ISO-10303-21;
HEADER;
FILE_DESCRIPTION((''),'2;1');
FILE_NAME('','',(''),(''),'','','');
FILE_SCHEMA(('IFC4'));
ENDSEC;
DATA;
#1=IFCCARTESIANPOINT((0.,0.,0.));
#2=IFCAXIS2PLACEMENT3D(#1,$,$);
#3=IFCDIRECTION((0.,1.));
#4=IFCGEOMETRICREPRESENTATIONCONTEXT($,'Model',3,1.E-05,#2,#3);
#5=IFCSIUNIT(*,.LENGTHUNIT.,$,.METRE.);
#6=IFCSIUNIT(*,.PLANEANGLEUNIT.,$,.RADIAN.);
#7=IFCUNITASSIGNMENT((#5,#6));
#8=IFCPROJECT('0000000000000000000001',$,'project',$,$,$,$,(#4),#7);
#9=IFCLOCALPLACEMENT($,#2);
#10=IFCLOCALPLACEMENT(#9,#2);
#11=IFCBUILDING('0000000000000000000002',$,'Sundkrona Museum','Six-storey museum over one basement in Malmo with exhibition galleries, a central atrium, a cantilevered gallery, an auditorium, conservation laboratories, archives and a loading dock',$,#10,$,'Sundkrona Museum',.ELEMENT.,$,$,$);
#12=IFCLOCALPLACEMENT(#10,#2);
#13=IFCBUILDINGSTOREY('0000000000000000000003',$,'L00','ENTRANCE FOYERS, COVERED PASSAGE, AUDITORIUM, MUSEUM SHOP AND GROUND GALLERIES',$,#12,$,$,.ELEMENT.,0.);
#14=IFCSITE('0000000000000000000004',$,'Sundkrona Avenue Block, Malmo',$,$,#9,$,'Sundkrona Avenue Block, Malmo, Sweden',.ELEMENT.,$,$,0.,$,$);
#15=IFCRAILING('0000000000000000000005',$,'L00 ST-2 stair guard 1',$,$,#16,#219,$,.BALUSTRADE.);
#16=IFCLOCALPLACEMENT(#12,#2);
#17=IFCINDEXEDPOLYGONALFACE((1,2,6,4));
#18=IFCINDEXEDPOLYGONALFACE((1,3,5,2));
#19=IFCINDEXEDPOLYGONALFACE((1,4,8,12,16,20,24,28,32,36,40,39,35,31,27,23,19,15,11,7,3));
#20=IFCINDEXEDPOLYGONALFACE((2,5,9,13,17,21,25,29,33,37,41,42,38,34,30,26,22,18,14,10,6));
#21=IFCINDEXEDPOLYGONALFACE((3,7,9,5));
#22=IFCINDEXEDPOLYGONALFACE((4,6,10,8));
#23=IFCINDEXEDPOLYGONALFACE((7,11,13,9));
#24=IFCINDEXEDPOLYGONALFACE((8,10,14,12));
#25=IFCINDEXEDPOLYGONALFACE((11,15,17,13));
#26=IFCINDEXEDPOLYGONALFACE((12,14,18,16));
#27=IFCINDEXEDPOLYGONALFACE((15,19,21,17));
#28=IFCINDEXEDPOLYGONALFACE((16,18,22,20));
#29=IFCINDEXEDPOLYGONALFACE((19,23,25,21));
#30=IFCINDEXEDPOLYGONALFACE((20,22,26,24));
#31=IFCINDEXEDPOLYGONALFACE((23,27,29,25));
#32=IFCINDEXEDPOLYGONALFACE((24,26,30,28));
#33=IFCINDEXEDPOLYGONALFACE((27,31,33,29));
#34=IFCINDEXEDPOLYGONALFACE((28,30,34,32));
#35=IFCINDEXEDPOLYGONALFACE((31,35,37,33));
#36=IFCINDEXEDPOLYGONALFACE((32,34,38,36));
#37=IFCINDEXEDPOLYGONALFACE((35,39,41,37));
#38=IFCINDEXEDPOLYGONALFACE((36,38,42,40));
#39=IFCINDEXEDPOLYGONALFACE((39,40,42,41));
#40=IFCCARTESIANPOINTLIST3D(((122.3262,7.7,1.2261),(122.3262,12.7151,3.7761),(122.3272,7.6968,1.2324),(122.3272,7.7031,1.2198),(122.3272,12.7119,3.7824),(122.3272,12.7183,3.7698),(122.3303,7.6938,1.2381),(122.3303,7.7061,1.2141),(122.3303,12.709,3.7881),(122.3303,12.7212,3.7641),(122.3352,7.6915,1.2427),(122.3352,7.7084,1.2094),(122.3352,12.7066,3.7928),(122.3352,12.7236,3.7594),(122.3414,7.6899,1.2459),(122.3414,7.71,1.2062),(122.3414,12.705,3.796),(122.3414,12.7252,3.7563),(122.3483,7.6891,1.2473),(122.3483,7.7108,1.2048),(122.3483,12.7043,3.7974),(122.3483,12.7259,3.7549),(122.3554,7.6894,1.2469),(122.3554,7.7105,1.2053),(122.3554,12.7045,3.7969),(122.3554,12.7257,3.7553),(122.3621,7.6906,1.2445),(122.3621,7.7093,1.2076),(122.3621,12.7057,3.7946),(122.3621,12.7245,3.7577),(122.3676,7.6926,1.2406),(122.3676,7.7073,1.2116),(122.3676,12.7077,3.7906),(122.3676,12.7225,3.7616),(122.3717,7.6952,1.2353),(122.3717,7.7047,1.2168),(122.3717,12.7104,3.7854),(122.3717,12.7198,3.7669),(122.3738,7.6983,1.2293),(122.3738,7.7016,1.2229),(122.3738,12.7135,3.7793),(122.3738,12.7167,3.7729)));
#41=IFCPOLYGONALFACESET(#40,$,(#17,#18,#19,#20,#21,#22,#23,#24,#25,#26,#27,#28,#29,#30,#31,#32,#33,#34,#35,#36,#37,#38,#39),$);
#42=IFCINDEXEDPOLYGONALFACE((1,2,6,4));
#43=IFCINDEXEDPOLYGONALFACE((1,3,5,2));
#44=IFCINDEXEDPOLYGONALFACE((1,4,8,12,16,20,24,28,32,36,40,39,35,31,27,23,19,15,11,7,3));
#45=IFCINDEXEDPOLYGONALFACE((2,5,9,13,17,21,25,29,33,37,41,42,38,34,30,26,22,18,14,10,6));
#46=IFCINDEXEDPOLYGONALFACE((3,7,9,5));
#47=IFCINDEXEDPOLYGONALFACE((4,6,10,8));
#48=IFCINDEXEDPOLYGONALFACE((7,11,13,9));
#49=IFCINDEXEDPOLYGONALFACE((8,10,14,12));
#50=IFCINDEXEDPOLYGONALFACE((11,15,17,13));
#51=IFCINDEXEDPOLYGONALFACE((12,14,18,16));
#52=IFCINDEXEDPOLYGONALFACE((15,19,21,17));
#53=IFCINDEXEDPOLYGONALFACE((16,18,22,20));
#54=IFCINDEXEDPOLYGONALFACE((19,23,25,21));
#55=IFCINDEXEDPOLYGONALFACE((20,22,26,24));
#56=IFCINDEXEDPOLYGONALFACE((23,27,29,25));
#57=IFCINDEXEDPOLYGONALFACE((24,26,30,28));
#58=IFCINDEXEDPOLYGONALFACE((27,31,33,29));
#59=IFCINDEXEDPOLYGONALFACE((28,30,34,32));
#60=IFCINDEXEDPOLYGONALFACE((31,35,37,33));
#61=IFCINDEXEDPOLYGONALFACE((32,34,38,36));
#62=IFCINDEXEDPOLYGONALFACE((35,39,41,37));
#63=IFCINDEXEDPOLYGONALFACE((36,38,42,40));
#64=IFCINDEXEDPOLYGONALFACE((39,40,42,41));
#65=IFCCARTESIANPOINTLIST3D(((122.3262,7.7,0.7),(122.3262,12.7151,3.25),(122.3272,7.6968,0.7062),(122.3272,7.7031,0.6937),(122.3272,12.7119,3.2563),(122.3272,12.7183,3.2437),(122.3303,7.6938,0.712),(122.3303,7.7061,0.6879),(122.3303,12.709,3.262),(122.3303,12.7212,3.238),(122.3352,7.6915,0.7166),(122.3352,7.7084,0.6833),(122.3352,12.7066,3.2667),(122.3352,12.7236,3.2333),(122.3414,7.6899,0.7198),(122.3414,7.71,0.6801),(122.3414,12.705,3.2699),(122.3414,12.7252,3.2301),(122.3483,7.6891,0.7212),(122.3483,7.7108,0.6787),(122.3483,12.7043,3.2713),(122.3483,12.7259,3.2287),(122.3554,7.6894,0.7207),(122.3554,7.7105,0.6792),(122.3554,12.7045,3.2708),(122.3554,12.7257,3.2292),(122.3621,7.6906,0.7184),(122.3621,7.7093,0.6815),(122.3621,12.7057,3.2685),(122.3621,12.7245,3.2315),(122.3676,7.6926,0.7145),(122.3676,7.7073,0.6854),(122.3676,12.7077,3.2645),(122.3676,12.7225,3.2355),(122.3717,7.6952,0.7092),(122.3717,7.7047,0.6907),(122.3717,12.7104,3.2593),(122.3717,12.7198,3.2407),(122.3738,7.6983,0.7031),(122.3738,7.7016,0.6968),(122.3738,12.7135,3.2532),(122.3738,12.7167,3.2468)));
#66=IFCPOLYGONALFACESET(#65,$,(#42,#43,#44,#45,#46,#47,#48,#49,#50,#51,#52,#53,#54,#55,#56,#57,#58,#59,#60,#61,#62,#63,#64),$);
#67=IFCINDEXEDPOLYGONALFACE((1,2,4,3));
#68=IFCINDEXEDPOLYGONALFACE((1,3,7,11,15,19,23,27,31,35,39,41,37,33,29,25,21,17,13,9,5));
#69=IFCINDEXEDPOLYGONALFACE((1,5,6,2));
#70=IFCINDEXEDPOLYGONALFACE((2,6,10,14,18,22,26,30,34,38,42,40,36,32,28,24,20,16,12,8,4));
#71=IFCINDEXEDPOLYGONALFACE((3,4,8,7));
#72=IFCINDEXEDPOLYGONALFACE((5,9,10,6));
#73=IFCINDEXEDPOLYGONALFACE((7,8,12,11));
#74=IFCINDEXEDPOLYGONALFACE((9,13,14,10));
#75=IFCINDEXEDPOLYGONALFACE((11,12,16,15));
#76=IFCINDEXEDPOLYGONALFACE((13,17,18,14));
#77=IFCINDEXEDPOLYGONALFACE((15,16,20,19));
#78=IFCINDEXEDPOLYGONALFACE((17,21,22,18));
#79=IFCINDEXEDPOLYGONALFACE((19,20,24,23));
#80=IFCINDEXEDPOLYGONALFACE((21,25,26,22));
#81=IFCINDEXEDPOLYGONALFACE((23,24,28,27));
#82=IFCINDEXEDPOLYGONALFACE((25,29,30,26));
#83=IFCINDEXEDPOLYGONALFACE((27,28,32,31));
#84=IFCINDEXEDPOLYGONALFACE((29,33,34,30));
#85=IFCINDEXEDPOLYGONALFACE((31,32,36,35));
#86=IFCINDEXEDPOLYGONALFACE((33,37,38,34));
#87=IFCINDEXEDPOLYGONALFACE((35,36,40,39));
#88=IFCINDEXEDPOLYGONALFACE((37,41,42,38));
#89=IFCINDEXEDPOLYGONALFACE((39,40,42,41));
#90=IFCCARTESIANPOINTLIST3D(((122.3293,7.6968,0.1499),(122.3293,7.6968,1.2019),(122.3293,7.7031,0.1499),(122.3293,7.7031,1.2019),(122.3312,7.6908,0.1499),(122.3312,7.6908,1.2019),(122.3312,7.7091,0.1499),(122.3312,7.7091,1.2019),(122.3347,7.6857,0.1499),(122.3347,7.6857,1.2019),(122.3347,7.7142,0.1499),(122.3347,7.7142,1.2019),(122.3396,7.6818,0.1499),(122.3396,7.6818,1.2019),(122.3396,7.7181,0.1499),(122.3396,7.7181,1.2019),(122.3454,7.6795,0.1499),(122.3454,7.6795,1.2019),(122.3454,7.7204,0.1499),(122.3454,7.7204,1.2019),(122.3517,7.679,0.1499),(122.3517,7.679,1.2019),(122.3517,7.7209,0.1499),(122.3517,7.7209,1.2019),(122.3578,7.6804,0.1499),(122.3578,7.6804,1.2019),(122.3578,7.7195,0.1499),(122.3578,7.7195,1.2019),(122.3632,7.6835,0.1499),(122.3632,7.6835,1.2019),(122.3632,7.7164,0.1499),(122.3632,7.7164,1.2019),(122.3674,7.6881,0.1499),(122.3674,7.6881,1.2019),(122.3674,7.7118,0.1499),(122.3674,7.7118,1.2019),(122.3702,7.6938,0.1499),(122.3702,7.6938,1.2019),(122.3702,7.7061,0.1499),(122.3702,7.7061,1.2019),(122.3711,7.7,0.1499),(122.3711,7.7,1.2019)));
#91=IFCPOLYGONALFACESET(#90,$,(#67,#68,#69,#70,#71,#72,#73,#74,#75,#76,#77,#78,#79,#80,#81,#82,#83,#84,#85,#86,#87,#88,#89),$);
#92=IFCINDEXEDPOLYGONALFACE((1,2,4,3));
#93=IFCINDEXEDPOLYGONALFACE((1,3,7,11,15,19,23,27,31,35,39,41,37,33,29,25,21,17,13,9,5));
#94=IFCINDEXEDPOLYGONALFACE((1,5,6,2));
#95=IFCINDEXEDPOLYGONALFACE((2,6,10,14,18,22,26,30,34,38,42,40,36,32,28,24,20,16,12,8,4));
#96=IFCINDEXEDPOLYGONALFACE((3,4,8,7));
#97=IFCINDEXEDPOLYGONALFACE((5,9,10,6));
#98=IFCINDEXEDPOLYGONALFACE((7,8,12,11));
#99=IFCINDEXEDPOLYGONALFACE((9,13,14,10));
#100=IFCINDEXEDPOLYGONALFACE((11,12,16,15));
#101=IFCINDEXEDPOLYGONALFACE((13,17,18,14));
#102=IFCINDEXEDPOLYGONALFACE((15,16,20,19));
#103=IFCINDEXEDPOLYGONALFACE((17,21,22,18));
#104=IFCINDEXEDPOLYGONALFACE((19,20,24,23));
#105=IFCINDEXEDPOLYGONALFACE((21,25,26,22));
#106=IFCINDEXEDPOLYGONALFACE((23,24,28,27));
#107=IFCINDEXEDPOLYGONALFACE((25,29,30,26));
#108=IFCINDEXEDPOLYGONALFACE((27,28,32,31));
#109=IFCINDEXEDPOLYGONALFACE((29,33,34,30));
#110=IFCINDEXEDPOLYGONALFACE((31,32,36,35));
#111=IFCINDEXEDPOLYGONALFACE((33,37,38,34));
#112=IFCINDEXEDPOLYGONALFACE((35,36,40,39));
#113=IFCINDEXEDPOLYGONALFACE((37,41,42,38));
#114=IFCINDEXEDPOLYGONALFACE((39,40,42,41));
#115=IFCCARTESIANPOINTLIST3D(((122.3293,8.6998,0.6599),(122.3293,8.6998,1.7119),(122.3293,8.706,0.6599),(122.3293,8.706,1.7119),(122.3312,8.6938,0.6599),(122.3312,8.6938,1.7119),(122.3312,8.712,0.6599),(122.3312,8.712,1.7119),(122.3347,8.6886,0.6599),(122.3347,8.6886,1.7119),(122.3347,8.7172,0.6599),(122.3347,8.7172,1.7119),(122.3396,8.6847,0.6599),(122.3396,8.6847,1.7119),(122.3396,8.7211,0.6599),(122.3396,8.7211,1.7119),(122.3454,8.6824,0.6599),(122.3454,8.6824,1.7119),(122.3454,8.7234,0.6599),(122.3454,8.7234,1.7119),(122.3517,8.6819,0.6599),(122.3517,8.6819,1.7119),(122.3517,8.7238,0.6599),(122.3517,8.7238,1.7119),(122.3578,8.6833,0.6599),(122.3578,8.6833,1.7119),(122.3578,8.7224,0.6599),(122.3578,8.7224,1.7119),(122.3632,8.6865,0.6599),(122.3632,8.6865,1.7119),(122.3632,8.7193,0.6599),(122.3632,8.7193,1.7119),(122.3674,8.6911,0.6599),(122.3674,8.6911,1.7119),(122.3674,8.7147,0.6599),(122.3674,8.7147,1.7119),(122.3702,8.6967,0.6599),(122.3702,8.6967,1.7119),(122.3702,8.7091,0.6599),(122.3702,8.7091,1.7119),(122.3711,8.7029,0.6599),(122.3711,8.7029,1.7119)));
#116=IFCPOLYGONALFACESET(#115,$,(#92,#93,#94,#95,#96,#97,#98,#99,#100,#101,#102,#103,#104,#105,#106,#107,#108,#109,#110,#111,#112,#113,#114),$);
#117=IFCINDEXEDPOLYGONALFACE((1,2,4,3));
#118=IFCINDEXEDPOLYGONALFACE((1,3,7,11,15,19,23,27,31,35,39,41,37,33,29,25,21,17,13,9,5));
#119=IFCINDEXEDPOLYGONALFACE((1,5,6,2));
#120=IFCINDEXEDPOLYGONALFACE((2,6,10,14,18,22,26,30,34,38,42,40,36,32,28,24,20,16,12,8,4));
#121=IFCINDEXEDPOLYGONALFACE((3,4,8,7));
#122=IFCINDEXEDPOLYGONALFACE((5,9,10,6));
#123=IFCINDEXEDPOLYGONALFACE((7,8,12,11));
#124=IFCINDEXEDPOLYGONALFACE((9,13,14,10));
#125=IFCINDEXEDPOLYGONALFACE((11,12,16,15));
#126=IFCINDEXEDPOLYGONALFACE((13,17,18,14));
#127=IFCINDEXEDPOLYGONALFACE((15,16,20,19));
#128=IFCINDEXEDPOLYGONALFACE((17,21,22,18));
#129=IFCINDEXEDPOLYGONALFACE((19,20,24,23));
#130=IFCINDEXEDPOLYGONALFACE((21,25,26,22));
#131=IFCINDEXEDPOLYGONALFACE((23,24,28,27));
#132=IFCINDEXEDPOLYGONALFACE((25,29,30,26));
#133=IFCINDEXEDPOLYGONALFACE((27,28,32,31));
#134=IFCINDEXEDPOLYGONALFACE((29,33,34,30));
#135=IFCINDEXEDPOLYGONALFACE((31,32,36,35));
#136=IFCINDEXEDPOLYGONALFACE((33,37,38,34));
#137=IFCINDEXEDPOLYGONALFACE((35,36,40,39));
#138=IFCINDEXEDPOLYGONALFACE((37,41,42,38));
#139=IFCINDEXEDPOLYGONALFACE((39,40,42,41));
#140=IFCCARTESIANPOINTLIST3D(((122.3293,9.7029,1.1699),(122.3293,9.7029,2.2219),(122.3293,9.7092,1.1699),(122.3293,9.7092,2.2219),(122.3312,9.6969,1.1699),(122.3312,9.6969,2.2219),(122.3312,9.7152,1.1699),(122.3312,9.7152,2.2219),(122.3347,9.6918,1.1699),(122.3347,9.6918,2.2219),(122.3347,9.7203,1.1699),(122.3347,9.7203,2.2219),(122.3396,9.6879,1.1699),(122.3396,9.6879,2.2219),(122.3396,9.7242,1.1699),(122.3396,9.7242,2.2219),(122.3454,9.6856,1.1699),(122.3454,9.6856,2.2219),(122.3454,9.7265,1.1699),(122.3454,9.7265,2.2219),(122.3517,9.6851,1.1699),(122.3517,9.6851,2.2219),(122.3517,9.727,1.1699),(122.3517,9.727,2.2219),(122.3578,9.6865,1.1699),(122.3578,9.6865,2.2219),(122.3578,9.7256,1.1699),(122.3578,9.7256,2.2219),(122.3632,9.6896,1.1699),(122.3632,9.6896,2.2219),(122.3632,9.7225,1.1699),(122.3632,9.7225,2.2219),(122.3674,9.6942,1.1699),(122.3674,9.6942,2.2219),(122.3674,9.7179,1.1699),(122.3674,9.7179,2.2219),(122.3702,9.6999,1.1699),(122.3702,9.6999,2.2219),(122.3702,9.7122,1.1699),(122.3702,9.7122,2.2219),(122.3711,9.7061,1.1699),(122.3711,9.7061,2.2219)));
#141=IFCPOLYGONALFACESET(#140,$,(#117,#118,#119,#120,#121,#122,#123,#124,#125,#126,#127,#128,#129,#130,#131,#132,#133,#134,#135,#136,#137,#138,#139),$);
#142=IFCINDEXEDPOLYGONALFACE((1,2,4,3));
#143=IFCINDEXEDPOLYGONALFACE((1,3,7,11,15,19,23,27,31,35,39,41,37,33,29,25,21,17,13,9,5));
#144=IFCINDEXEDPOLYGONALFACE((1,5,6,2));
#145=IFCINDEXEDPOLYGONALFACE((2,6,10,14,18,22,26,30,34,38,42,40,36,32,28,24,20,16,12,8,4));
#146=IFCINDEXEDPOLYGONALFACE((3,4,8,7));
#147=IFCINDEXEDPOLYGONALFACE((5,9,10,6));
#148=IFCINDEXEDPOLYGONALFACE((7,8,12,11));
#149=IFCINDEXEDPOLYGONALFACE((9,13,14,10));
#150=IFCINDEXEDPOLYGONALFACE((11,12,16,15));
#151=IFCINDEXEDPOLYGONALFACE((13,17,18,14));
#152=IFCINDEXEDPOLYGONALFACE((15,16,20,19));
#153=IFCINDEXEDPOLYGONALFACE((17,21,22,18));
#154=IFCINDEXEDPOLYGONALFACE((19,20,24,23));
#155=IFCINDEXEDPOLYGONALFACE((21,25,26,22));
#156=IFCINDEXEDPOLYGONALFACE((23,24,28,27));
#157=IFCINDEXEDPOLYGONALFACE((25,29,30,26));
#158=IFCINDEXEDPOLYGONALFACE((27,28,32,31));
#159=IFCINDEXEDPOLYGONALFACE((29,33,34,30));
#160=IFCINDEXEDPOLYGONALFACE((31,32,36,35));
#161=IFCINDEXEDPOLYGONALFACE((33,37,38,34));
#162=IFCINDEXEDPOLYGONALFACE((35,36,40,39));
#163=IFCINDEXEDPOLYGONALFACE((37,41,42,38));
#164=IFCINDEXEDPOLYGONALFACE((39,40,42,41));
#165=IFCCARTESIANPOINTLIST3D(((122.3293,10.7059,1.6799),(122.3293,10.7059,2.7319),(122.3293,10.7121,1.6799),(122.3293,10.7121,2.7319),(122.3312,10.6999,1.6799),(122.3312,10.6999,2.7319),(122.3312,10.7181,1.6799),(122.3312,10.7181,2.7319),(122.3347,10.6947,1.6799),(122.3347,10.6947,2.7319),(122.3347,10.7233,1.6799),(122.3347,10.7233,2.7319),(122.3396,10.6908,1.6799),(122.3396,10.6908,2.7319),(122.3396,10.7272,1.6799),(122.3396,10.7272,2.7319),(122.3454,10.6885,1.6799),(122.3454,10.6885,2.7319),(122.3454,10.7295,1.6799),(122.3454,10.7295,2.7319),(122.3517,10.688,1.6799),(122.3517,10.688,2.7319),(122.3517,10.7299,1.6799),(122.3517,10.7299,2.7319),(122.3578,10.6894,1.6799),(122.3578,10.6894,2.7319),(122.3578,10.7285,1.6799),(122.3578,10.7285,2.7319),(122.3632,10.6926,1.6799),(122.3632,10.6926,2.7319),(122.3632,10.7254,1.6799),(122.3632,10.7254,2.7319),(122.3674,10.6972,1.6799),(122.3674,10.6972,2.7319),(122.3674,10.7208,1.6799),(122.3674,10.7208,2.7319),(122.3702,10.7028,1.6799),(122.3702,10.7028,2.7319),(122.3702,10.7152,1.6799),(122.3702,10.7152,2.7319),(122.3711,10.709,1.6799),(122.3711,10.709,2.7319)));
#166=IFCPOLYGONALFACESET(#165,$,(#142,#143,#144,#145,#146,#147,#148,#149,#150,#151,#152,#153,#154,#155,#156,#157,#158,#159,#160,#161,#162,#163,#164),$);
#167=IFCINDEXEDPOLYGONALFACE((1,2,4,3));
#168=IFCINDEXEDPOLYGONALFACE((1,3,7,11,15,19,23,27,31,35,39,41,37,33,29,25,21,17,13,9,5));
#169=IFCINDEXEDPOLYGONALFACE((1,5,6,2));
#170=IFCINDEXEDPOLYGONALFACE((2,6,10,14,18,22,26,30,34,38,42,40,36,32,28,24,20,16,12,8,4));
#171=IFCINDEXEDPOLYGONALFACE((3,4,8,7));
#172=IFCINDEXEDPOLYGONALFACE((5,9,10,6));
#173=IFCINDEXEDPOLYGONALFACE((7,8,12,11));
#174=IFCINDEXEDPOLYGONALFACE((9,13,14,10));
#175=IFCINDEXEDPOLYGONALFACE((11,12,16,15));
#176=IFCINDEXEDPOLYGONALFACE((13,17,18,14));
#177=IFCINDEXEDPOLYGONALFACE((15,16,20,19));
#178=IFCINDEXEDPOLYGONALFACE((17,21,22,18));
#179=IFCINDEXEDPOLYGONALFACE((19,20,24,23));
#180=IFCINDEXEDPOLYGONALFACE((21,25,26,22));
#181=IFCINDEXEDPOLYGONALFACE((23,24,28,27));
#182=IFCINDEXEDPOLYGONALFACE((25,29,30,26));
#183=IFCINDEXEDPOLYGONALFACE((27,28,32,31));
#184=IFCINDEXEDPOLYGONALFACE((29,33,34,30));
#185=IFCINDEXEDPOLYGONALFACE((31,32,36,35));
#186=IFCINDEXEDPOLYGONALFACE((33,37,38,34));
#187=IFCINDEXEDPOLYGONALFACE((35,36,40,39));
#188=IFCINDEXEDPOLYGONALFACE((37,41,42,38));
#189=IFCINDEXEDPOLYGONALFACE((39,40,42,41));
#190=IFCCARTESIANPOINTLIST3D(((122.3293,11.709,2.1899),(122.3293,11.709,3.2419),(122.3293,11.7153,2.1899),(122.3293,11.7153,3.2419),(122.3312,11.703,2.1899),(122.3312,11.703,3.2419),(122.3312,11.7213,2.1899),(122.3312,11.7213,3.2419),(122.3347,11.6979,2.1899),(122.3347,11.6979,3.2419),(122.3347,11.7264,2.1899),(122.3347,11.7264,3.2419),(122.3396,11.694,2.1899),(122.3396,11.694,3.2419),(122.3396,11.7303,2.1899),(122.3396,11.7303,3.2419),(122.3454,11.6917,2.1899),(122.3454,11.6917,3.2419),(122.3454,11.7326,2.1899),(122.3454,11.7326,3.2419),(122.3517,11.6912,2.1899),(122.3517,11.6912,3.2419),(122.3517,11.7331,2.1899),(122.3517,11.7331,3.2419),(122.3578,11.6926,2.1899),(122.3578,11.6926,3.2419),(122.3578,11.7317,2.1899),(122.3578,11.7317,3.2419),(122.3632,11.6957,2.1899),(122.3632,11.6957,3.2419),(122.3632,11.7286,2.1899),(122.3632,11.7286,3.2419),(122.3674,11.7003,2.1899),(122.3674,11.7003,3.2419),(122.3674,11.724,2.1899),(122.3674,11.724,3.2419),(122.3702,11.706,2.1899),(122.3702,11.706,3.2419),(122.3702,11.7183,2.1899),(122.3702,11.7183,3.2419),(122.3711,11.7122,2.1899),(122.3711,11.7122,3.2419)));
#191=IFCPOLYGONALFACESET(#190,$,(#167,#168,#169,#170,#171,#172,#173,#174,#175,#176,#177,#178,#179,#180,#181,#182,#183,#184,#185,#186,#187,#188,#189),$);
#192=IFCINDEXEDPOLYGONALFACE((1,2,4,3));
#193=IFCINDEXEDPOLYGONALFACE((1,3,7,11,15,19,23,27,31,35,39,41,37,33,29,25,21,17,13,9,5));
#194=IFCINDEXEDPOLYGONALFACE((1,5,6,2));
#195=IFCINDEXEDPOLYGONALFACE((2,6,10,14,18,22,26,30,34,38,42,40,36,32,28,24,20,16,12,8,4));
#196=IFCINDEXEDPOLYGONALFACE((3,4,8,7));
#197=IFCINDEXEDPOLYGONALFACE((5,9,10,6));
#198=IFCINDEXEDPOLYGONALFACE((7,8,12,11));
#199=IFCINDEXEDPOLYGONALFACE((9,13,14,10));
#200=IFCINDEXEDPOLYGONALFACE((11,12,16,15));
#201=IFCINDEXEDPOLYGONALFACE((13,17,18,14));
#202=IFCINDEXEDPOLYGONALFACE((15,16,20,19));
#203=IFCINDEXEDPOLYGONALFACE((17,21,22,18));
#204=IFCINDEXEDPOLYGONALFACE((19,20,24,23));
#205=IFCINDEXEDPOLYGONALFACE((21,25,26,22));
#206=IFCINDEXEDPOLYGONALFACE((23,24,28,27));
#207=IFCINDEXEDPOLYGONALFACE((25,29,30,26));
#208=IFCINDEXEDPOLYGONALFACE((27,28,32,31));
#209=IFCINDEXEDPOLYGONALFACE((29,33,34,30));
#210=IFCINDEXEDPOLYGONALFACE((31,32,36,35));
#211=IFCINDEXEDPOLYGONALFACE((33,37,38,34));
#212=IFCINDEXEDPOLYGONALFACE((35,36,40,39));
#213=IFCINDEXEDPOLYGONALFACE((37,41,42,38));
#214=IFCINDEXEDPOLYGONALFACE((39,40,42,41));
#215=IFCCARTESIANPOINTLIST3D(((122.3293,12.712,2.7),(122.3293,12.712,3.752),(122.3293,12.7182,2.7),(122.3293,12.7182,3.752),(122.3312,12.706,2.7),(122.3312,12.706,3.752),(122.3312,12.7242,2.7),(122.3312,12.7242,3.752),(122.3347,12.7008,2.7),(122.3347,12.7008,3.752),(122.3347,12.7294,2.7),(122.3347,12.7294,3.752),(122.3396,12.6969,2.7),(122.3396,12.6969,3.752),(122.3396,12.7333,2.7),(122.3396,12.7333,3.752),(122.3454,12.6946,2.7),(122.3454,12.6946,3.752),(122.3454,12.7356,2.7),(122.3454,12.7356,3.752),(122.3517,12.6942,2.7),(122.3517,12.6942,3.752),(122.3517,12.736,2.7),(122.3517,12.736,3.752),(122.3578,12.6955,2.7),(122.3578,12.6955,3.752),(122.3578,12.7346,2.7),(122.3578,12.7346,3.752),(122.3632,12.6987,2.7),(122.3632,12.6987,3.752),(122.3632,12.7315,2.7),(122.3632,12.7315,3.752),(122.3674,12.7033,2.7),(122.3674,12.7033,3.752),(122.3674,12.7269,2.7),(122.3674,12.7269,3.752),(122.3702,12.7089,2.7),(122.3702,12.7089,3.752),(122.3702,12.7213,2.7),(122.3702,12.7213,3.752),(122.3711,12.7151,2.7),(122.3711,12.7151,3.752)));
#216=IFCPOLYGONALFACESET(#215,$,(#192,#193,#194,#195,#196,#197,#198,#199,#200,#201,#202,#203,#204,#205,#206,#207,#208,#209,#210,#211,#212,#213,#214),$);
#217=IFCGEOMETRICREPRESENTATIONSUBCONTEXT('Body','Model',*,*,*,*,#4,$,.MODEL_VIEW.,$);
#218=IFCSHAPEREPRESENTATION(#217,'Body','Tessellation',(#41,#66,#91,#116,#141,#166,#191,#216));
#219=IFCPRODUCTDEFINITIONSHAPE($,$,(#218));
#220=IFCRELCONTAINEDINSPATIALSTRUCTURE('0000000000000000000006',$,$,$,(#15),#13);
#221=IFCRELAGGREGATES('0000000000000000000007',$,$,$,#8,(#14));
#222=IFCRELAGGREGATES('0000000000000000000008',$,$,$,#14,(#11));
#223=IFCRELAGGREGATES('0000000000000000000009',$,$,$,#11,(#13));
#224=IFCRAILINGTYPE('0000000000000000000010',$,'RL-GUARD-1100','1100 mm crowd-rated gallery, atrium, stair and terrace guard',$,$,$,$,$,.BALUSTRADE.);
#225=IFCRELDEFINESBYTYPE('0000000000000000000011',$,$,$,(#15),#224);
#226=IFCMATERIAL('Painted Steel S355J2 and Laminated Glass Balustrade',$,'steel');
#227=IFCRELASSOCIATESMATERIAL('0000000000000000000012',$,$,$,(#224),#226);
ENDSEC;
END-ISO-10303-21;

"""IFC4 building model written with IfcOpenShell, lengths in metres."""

from ifc_helpers import new_model, si_unit, direction, frame, origin, origin_2d, place, context, subcontext, project, spatial, circle, extrude, material, type_object, element, save


model = new_model("IFC4")

# Units and contexts
model_context = context("Model", 3, precision=1e-05, world=origin(), true_north=direction((0.0, 1.0)))
body_context = subcontext(model_context, "Body", "Model", "MODEL_VIEW")
ifc_project = project(units=[si_unit("LENGTHUNIT", "METRE"), si_unit("PLANEANGLEUNIT", "RADIAN")], contexts=[model_context])

# Site, building, storey
site_placement = place(None, origin())
site = spatial("IfcSite", under=ifc_project, at=site_placement, Name="Sundkrona Avenue Block, Malmo", LongName="Sundkrona Avenue Block, Malmo, Sweden", CompositionType="ELEMENT", RefElevation=0.0)
building_placement = place(site_placement, origin())
building = spatial("IfcBuilding", under=site, at=building_placement, Name="Sundkrona Museum", Description="Six-storey museum over one basement in Malmo with exhibition galleries, a central atrium, a cantilevered gallery, an auditorium, conservation laboratories, archives and a loading dock", LongName="Sundkrona Museum", CompositionType="ELEMENT")
storey_placement = place(building_placement, origin())
storey = spatial("IfcBuildingStorey", under=building, at=storey_placement, Name="L00", Description="ENTRANCE FOYERS, COVERED PASSAGE, AUDITORIUM, MUSEUM SHOP AND GROUND GALLERIES", CompositionType="ELEMENT", Elevation=0.0)

# Railing
ifc_material_1 = material(Name="Painted Steel S355J2 and Laminated Glass Balustrade", Category="steel")
railing_type_1 = type_object("IfcRailingType", Name="RL-GUARD-1100", Description="1100 mm crowd-rated gallery, atrium, stair and terrace guard", PredefinedType="BALUSTRADE", material=ifc_material_1)
railing_1_placement = place(storey_placement, frame((122.3501, 7.7, 0.1499)))
element("IfcRailing", 1, at=railing_1_placement, inside=storey, type_object=railing_type_1, Name="L00 ST-2 stair guard 1", PredefinedType="BALUSTRADE", context=body_context, shape_type="SweptSolid", body=[
    extrude(circle(Radius=0.0239, at=origin_2d()), frame((0.0, 0.0, 1.0762), z_axis=(0.0, 0.891387, 0.453244), x_axis=(-1.0, 0.0, 0.0)), (0.0, 0.0, 1.0), 5.6262),
    extrude(circle(Radius=0.0239, at=origin_2d()), frame((0.0, 0.0, 0.55), z_axis=(0.0, 0.891387, 0.453244), x_axis=(-1.0, 0.0, 0.0)), (0.0, 0.0, 1.0), 5.6262),
    extrude(circle(Radius=0.021, at=origin_2d()), origin(), (0.0, 0.0, 1.0), 1.052),
    extrude(circle(Radius=0.021, at=origin_2d()), frame((0.0, 1.0029, 0.51)), (0.0, 0.0, 1.0), 1.052),
    extrude(circle(Radius=0.021, at=origin_2d()), frame((0.0, 2.0061, 1.02)), (0.0, 0.0, 1.0), 1.052),
    extrude(circle(Radius=0.021, at=origin_2d()), frame((0.0, 3.009, 1.53)), (0.0, 0.0, 1.0), 1.052),
    extrude(circle(Radius=0.021, at=origin_2d()), frame((0.0, 4.0122, 2.04)), (0.0, 0.0, 1.0), 1.052),
    extrude(circle(Radius=0.021, at=origin_2d()), frame((0.0, 5.0151, 2.55)), (0.0, 0.0, 1.0), 1.052),
])

save(model, "model.ifc")
